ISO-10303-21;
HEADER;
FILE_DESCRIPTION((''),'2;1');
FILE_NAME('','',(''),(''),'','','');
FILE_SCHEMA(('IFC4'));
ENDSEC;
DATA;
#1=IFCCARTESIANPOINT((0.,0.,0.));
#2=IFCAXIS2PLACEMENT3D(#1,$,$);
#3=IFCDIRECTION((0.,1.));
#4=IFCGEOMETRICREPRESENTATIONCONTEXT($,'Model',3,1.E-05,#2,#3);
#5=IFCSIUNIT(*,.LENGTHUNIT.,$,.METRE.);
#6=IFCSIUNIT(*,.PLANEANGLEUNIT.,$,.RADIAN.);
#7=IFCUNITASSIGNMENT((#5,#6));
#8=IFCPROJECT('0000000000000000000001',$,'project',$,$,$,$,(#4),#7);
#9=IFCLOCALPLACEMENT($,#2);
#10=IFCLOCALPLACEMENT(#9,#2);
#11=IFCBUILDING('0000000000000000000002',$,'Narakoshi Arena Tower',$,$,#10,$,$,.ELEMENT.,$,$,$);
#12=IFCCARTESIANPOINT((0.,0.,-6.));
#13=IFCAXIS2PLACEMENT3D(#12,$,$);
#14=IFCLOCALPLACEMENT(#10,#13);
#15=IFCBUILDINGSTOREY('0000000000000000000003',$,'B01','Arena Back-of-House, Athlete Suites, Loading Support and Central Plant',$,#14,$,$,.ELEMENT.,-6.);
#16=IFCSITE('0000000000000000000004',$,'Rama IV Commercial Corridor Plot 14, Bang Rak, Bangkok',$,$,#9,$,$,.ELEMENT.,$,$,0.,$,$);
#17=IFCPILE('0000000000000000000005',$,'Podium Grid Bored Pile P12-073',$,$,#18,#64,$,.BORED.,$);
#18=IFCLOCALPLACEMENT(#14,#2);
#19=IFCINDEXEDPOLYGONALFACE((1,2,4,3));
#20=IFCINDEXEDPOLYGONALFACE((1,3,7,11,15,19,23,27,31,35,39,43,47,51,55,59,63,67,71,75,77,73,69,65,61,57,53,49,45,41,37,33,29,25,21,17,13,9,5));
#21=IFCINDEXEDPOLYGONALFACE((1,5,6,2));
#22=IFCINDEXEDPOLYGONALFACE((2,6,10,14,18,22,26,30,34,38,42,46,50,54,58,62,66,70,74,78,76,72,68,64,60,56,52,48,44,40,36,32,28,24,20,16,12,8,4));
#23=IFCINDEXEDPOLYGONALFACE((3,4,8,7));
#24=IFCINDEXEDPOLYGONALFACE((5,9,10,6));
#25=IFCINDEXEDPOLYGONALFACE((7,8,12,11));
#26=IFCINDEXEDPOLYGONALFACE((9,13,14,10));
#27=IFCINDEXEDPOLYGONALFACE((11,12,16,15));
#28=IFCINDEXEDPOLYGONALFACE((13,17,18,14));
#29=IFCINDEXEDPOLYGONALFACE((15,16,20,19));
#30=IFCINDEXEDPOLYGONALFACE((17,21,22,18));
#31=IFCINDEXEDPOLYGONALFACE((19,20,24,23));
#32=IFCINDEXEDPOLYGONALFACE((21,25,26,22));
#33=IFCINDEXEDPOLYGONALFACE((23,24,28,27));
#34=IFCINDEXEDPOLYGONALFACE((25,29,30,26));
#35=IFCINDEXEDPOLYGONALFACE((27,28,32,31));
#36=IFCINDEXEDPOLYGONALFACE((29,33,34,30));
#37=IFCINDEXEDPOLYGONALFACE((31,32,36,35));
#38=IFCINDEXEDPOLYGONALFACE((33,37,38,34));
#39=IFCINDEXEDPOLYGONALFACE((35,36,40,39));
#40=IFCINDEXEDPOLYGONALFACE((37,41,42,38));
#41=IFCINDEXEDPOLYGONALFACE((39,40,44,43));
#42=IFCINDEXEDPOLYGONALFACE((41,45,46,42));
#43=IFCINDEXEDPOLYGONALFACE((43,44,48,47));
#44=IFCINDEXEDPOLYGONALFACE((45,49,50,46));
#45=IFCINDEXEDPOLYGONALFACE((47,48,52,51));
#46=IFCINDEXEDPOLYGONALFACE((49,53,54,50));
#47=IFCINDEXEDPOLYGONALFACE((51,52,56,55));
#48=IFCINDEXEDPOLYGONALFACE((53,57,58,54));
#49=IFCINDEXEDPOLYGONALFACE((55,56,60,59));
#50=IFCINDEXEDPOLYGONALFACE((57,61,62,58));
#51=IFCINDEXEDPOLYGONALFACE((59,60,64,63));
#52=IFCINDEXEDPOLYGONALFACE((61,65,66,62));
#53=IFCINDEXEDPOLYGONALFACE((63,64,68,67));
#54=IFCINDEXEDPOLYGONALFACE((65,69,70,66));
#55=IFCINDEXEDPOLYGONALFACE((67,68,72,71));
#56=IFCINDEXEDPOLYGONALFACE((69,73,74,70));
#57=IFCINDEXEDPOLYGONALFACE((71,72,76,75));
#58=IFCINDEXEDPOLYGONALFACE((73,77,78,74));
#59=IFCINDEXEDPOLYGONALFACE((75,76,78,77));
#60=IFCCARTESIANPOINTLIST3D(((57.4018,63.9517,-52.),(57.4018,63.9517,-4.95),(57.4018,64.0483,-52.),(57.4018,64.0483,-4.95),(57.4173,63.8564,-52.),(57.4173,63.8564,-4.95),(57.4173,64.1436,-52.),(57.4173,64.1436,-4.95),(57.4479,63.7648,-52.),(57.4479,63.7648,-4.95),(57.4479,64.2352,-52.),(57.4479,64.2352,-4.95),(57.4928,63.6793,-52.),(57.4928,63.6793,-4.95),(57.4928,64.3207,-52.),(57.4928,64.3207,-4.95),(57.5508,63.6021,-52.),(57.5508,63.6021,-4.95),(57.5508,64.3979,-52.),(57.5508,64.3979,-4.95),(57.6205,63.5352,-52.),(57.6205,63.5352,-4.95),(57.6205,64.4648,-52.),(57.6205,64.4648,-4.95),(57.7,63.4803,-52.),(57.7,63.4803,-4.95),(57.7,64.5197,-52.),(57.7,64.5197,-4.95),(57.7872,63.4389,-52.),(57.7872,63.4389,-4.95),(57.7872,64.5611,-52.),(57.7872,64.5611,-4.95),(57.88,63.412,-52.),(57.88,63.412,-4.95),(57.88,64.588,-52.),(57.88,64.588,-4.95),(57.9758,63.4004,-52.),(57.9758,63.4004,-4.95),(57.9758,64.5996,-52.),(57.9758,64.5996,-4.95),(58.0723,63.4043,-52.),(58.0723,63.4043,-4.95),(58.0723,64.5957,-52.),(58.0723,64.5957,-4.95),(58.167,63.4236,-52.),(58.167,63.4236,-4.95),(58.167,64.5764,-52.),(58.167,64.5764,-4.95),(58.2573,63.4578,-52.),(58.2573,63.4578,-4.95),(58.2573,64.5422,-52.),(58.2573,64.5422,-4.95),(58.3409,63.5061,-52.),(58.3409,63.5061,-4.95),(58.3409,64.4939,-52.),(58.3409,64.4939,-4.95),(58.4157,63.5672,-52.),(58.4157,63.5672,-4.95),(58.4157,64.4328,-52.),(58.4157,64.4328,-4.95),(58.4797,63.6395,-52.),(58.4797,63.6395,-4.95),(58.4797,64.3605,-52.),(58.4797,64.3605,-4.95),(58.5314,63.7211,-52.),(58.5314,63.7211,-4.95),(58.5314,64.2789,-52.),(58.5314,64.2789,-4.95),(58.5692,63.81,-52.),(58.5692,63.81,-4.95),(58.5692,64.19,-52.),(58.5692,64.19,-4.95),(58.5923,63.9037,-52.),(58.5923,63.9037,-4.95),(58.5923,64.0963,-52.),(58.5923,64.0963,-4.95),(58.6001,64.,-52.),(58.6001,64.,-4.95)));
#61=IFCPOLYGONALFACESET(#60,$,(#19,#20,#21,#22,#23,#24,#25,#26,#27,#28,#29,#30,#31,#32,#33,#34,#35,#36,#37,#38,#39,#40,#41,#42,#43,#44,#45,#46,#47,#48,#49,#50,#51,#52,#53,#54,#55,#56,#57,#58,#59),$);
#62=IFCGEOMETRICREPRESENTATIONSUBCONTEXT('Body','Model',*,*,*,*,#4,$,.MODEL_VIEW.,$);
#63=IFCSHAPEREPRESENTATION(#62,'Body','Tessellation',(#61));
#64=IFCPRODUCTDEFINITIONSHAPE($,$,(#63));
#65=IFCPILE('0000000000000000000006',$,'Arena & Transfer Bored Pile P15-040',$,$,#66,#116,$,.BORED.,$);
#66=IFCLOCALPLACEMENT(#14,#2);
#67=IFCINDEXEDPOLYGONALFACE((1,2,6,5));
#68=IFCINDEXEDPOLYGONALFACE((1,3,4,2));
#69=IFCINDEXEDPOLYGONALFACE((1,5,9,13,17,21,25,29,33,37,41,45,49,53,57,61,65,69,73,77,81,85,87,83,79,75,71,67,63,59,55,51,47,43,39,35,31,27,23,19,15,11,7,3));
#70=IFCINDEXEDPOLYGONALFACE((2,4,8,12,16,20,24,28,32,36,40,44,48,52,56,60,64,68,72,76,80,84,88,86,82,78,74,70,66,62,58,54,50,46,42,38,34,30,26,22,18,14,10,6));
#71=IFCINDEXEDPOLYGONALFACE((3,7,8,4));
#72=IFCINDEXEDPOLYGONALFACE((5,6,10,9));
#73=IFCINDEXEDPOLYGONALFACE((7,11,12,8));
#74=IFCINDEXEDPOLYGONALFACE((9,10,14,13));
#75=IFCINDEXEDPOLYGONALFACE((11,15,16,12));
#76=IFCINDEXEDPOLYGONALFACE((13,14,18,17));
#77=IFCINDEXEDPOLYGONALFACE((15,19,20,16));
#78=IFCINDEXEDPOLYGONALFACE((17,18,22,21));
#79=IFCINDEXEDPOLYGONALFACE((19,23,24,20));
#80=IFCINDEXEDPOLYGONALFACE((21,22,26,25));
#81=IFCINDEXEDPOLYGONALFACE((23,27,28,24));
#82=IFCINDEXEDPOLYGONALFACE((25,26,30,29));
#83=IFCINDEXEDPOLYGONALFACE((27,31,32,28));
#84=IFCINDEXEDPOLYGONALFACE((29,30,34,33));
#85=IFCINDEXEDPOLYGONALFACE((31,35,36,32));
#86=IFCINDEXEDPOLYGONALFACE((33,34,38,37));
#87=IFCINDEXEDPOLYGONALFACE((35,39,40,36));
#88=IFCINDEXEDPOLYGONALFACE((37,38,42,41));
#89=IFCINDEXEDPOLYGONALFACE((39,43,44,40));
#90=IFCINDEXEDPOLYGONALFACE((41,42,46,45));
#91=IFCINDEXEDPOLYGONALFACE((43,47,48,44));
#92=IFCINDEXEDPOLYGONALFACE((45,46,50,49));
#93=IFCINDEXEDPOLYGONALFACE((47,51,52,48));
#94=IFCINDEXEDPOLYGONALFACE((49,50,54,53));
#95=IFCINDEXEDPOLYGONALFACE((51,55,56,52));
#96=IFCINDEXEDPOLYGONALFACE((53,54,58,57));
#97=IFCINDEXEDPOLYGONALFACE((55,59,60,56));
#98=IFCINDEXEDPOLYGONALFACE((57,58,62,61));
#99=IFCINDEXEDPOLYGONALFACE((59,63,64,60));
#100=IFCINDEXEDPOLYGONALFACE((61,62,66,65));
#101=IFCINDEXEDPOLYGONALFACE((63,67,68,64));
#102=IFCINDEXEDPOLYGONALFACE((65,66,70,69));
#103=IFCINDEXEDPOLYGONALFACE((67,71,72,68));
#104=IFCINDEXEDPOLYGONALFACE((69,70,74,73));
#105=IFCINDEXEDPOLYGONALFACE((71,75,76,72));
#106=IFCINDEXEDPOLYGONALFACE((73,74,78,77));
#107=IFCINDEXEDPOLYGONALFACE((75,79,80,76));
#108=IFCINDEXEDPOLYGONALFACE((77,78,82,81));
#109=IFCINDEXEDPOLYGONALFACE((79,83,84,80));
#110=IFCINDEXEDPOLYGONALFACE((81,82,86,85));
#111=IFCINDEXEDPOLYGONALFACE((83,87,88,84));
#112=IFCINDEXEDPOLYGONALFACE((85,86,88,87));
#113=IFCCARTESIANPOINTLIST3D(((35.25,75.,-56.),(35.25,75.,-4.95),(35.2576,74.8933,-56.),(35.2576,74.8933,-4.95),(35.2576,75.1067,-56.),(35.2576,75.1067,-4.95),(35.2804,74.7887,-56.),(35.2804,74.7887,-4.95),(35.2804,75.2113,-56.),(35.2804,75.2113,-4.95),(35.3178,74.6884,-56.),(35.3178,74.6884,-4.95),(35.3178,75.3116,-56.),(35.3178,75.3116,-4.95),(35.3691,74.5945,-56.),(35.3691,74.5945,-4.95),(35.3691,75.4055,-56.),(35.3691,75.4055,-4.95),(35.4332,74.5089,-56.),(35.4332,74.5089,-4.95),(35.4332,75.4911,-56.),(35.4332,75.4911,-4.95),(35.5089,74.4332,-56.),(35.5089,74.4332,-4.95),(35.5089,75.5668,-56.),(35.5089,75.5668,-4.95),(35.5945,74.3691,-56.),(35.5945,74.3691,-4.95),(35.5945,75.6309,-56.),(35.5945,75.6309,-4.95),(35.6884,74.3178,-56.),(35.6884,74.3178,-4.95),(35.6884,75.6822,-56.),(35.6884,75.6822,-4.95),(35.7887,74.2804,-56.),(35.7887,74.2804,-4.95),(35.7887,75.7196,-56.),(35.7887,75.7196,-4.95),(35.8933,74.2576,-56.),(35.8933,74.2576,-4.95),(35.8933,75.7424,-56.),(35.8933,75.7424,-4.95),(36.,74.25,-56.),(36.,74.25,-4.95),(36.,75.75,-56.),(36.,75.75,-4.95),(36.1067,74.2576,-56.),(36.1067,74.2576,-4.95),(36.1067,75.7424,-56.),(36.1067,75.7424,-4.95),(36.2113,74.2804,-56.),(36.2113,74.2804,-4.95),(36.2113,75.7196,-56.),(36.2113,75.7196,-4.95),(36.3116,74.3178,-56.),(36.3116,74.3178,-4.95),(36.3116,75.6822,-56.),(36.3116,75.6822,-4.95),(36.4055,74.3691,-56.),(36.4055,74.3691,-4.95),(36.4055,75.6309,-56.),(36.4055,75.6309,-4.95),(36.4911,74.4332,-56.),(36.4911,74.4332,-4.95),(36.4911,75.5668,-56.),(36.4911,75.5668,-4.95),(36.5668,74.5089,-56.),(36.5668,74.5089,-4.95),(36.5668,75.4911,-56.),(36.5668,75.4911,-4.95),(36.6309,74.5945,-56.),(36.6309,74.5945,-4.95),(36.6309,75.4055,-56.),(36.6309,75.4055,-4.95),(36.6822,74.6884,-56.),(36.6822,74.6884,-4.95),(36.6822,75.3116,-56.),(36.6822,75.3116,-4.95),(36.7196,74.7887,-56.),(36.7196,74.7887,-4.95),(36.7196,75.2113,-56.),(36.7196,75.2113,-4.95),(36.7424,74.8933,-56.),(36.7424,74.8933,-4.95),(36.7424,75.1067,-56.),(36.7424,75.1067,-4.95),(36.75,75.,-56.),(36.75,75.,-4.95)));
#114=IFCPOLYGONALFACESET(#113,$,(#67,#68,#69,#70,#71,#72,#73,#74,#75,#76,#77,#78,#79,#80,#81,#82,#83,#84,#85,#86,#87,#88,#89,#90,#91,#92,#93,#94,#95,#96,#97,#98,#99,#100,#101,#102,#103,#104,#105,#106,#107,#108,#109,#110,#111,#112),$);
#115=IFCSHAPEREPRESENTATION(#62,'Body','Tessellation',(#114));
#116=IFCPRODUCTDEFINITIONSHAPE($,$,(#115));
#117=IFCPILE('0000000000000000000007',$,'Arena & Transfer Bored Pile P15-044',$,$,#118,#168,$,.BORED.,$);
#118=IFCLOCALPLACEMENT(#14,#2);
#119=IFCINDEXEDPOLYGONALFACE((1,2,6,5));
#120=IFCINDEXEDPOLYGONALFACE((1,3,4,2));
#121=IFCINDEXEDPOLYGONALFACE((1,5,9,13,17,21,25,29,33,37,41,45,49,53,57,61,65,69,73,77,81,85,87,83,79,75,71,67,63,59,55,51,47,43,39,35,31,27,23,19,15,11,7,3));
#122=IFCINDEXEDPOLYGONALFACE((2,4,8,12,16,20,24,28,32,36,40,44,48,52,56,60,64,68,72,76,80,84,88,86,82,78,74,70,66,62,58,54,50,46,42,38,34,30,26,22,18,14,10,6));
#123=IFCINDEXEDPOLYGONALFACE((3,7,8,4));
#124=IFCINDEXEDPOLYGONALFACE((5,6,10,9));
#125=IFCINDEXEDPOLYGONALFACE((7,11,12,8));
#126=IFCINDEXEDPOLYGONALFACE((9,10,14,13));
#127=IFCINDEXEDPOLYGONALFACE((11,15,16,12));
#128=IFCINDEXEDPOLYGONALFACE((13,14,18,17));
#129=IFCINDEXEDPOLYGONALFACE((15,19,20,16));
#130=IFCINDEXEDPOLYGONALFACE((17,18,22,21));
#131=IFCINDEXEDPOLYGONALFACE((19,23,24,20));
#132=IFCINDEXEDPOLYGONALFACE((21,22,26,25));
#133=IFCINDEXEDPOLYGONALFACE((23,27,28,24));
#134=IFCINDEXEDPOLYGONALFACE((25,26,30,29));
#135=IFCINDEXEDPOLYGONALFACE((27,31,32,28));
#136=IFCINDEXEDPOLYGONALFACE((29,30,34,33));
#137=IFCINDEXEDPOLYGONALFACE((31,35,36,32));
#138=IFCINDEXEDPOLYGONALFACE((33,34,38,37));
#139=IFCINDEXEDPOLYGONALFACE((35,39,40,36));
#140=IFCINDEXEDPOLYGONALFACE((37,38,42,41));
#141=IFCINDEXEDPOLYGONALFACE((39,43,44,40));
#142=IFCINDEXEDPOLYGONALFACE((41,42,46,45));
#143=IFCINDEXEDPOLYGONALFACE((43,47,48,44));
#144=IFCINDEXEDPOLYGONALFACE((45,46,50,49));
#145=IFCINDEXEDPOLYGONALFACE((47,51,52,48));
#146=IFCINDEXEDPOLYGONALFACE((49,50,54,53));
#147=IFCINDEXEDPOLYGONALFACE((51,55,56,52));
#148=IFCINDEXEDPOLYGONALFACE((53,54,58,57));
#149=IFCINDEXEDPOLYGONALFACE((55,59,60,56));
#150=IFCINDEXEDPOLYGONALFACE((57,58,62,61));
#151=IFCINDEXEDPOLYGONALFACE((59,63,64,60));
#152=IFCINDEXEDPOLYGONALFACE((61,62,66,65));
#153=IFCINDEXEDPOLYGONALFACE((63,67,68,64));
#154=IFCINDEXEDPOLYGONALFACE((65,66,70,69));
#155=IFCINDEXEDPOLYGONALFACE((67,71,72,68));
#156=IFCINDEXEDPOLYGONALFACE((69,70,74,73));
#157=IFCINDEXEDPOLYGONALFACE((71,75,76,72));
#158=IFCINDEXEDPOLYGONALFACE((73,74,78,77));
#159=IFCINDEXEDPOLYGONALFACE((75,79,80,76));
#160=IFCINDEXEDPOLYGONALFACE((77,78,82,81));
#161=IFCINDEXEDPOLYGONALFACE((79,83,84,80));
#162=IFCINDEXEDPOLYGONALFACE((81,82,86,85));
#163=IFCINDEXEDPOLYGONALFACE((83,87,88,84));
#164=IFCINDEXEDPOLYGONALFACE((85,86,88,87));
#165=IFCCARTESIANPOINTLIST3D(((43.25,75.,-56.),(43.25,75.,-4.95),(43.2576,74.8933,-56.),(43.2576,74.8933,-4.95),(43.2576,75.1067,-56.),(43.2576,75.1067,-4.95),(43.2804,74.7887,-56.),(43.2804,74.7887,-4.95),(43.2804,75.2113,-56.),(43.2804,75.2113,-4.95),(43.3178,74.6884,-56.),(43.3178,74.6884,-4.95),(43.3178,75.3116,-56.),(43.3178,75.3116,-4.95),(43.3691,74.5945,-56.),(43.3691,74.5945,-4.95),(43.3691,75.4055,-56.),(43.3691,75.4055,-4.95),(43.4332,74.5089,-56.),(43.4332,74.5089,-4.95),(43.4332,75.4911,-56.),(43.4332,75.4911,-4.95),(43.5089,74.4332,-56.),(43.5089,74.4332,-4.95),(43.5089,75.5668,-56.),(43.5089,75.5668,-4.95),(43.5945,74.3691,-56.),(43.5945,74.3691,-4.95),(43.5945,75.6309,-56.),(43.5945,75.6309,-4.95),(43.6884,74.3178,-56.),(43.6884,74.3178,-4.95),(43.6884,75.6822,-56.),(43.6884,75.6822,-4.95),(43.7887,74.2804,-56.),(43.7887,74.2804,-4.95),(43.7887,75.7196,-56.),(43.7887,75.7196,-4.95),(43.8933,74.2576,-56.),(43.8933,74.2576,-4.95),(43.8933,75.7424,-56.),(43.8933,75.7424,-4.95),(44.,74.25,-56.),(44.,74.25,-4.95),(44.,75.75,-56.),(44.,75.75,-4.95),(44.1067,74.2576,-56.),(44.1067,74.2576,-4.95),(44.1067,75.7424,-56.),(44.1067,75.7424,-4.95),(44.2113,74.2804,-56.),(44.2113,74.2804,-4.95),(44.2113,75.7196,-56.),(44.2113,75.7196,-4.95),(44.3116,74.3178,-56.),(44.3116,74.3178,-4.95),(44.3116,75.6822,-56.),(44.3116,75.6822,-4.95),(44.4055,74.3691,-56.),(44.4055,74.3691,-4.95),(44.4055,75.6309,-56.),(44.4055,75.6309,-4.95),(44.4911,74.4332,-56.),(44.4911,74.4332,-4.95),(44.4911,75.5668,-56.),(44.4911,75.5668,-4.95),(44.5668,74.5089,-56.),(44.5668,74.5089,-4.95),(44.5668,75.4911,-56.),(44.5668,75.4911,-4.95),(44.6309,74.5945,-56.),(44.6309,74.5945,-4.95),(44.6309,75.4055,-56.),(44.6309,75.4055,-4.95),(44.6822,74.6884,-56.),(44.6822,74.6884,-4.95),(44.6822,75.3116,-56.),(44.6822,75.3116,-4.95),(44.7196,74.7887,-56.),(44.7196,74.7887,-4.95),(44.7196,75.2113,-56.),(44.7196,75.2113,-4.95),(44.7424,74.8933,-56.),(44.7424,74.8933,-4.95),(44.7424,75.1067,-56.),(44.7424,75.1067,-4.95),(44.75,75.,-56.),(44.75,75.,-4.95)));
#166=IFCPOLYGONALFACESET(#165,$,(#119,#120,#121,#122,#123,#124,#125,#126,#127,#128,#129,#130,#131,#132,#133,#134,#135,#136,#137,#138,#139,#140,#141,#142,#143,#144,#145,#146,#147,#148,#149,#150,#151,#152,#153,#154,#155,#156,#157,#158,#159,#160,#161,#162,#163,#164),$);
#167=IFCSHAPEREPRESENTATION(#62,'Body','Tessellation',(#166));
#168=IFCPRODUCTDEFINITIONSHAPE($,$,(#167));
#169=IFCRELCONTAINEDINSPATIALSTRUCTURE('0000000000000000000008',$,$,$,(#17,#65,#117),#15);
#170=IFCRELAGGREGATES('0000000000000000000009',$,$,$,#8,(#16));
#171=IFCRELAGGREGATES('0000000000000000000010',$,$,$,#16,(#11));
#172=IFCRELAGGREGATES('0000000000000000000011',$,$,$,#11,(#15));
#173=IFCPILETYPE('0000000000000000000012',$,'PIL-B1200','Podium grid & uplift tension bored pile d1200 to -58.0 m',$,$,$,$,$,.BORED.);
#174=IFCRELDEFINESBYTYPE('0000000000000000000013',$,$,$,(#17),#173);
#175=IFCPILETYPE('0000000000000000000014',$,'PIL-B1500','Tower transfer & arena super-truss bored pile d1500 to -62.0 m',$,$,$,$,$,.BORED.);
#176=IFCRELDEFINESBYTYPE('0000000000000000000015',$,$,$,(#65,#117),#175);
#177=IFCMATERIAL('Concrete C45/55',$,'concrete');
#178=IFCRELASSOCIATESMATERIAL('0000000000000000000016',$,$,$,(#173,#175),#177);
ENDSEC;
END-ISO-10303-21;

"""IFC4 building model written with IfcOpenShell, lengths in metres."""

from ifc_helpers import new_model, si_unit, direction, frame, origin, origin_2d, place, context, subcontext, project, spatial, circle, extrude, material, material_profile, profile_set, type_object, element, save


model = new_model("IFC4")

# Units and contexts
model_context = context("Model", 3, precision=1e-05, world=origin(), true_north=direction((0.0, 1.0)))
body_context = subcontext(model_context, "Body", "Model", "MODEL_VIEW")
ifc_project = project(units=[si_unit("LENGTHUNIT", "METRE"), si_unit("PLANEANGLEUNIT", "RADIAN")], contexts=[model_context])

# Site, building, storey
site_placement = place(None, origin())
site = spatial("IfcSite", under=ifc_project, at=site_placement, Name="Rama IV Commercial Corridor Plot 14, Bang Rak, Bangkok", CompositionType="ELEMENT", RefElevation=0.0)
building_placement = place(site_placement, origin())
building = spatial("IfcBuilding", under=site, at=building_placement, Name="Narakoshi Arena Tower", CompositionType="ELEMENT")
storey_placement = place(building_placement, frame((0.0, 0.0, -6.0)))
storey = spatial("IfcBuildingStorey", under=building, at=storey_placement, Name="B01", Description="Arena Back-of-House, Athlete Suites, Loading Support and Central Plant", CompositionType="ELEMENT", Elevation=-6.0)

# Piles
ifc_material_1 = material(Name="Concrete C45/55", Category="concrete")
ifc_material_profile_1 = material_profile(ifc_material_1, circle(Radius=0.6001, at=origin_2d()), Name="PILE-D1200")
ifc_profile_set_1 = profile_set([ifc_material_profile_1], Name="Concrete C45/55")
pile_type_1 = type_object("IfcPileType", Name="PIL-B1200", Description="Podium grid & uplift tension bored pile d1200 to -58.0 m", PredefinedType="BORED", material=ifc_profile_set_1)
pile_placement = place(storey_placement, frame((58.0, 64.0, -4.95), z_axis=(0.0, 0.0, -1.0), x_axis=(1.0, 0.0, 0.0)))
element("IfcPile", 1, at=pile_placement, inside=storey, type_object=pile_type_1, Name="Podium Grid Bored Pile P12-073", PredefinedType="BORED", context=body_context, shape_type="SweptSolid", body=[
    extrude(circle(Radius=0.6001, at=origin_2d()), origin(), (0.0, 0.0, 1.0), 47.05),
])
ifc_material_profile_2 = material_profile(ifc_material_1, circle(Radius=0.75, at=origin_2d()), Name="PILE-D1500")
ifc_profile_set_2 = profile_set([ifc_material_profile_2], Name="Concrete C45/55")
pile_type_2 = type_object("IfcPileType", Name="PIL-B1500", Description="Tower transfer & arena super-truss bored pile d1500 to -62.0 m", PredefinedType="BORED", material=ifc_profile_set_2)
for number, where, z_axis, x_axis, name in (
    (2, (36.0, 75.0, -4.95), (0.0, 0.0, -1.0), (1.0, 0.0, 0.0), "Arena & Transfer Bored Pile P15-040"),
    (3, (44.0, 75.0, -4.95), (0.0, 0.0, -1.0), (1.0, 0.0, 0.0), "Arena & Transfer Bored Pile P15-044"),
):
    element("IfcPile", number, at=place(storey_placement, frame(where, z_axis=z_axis, x_axis=x_axis)), inside=storey, type_object=pile_type_2, Name=name, PredefinedType="BORED", context=body_context, shape_type="SweptSolid", body=[
        extrude(circle(Radius=0.75, at=origin_2d()), origin(), (0.0, 0.0, 1.0), 51.05),
    ])

save(model, "model.ifc")
